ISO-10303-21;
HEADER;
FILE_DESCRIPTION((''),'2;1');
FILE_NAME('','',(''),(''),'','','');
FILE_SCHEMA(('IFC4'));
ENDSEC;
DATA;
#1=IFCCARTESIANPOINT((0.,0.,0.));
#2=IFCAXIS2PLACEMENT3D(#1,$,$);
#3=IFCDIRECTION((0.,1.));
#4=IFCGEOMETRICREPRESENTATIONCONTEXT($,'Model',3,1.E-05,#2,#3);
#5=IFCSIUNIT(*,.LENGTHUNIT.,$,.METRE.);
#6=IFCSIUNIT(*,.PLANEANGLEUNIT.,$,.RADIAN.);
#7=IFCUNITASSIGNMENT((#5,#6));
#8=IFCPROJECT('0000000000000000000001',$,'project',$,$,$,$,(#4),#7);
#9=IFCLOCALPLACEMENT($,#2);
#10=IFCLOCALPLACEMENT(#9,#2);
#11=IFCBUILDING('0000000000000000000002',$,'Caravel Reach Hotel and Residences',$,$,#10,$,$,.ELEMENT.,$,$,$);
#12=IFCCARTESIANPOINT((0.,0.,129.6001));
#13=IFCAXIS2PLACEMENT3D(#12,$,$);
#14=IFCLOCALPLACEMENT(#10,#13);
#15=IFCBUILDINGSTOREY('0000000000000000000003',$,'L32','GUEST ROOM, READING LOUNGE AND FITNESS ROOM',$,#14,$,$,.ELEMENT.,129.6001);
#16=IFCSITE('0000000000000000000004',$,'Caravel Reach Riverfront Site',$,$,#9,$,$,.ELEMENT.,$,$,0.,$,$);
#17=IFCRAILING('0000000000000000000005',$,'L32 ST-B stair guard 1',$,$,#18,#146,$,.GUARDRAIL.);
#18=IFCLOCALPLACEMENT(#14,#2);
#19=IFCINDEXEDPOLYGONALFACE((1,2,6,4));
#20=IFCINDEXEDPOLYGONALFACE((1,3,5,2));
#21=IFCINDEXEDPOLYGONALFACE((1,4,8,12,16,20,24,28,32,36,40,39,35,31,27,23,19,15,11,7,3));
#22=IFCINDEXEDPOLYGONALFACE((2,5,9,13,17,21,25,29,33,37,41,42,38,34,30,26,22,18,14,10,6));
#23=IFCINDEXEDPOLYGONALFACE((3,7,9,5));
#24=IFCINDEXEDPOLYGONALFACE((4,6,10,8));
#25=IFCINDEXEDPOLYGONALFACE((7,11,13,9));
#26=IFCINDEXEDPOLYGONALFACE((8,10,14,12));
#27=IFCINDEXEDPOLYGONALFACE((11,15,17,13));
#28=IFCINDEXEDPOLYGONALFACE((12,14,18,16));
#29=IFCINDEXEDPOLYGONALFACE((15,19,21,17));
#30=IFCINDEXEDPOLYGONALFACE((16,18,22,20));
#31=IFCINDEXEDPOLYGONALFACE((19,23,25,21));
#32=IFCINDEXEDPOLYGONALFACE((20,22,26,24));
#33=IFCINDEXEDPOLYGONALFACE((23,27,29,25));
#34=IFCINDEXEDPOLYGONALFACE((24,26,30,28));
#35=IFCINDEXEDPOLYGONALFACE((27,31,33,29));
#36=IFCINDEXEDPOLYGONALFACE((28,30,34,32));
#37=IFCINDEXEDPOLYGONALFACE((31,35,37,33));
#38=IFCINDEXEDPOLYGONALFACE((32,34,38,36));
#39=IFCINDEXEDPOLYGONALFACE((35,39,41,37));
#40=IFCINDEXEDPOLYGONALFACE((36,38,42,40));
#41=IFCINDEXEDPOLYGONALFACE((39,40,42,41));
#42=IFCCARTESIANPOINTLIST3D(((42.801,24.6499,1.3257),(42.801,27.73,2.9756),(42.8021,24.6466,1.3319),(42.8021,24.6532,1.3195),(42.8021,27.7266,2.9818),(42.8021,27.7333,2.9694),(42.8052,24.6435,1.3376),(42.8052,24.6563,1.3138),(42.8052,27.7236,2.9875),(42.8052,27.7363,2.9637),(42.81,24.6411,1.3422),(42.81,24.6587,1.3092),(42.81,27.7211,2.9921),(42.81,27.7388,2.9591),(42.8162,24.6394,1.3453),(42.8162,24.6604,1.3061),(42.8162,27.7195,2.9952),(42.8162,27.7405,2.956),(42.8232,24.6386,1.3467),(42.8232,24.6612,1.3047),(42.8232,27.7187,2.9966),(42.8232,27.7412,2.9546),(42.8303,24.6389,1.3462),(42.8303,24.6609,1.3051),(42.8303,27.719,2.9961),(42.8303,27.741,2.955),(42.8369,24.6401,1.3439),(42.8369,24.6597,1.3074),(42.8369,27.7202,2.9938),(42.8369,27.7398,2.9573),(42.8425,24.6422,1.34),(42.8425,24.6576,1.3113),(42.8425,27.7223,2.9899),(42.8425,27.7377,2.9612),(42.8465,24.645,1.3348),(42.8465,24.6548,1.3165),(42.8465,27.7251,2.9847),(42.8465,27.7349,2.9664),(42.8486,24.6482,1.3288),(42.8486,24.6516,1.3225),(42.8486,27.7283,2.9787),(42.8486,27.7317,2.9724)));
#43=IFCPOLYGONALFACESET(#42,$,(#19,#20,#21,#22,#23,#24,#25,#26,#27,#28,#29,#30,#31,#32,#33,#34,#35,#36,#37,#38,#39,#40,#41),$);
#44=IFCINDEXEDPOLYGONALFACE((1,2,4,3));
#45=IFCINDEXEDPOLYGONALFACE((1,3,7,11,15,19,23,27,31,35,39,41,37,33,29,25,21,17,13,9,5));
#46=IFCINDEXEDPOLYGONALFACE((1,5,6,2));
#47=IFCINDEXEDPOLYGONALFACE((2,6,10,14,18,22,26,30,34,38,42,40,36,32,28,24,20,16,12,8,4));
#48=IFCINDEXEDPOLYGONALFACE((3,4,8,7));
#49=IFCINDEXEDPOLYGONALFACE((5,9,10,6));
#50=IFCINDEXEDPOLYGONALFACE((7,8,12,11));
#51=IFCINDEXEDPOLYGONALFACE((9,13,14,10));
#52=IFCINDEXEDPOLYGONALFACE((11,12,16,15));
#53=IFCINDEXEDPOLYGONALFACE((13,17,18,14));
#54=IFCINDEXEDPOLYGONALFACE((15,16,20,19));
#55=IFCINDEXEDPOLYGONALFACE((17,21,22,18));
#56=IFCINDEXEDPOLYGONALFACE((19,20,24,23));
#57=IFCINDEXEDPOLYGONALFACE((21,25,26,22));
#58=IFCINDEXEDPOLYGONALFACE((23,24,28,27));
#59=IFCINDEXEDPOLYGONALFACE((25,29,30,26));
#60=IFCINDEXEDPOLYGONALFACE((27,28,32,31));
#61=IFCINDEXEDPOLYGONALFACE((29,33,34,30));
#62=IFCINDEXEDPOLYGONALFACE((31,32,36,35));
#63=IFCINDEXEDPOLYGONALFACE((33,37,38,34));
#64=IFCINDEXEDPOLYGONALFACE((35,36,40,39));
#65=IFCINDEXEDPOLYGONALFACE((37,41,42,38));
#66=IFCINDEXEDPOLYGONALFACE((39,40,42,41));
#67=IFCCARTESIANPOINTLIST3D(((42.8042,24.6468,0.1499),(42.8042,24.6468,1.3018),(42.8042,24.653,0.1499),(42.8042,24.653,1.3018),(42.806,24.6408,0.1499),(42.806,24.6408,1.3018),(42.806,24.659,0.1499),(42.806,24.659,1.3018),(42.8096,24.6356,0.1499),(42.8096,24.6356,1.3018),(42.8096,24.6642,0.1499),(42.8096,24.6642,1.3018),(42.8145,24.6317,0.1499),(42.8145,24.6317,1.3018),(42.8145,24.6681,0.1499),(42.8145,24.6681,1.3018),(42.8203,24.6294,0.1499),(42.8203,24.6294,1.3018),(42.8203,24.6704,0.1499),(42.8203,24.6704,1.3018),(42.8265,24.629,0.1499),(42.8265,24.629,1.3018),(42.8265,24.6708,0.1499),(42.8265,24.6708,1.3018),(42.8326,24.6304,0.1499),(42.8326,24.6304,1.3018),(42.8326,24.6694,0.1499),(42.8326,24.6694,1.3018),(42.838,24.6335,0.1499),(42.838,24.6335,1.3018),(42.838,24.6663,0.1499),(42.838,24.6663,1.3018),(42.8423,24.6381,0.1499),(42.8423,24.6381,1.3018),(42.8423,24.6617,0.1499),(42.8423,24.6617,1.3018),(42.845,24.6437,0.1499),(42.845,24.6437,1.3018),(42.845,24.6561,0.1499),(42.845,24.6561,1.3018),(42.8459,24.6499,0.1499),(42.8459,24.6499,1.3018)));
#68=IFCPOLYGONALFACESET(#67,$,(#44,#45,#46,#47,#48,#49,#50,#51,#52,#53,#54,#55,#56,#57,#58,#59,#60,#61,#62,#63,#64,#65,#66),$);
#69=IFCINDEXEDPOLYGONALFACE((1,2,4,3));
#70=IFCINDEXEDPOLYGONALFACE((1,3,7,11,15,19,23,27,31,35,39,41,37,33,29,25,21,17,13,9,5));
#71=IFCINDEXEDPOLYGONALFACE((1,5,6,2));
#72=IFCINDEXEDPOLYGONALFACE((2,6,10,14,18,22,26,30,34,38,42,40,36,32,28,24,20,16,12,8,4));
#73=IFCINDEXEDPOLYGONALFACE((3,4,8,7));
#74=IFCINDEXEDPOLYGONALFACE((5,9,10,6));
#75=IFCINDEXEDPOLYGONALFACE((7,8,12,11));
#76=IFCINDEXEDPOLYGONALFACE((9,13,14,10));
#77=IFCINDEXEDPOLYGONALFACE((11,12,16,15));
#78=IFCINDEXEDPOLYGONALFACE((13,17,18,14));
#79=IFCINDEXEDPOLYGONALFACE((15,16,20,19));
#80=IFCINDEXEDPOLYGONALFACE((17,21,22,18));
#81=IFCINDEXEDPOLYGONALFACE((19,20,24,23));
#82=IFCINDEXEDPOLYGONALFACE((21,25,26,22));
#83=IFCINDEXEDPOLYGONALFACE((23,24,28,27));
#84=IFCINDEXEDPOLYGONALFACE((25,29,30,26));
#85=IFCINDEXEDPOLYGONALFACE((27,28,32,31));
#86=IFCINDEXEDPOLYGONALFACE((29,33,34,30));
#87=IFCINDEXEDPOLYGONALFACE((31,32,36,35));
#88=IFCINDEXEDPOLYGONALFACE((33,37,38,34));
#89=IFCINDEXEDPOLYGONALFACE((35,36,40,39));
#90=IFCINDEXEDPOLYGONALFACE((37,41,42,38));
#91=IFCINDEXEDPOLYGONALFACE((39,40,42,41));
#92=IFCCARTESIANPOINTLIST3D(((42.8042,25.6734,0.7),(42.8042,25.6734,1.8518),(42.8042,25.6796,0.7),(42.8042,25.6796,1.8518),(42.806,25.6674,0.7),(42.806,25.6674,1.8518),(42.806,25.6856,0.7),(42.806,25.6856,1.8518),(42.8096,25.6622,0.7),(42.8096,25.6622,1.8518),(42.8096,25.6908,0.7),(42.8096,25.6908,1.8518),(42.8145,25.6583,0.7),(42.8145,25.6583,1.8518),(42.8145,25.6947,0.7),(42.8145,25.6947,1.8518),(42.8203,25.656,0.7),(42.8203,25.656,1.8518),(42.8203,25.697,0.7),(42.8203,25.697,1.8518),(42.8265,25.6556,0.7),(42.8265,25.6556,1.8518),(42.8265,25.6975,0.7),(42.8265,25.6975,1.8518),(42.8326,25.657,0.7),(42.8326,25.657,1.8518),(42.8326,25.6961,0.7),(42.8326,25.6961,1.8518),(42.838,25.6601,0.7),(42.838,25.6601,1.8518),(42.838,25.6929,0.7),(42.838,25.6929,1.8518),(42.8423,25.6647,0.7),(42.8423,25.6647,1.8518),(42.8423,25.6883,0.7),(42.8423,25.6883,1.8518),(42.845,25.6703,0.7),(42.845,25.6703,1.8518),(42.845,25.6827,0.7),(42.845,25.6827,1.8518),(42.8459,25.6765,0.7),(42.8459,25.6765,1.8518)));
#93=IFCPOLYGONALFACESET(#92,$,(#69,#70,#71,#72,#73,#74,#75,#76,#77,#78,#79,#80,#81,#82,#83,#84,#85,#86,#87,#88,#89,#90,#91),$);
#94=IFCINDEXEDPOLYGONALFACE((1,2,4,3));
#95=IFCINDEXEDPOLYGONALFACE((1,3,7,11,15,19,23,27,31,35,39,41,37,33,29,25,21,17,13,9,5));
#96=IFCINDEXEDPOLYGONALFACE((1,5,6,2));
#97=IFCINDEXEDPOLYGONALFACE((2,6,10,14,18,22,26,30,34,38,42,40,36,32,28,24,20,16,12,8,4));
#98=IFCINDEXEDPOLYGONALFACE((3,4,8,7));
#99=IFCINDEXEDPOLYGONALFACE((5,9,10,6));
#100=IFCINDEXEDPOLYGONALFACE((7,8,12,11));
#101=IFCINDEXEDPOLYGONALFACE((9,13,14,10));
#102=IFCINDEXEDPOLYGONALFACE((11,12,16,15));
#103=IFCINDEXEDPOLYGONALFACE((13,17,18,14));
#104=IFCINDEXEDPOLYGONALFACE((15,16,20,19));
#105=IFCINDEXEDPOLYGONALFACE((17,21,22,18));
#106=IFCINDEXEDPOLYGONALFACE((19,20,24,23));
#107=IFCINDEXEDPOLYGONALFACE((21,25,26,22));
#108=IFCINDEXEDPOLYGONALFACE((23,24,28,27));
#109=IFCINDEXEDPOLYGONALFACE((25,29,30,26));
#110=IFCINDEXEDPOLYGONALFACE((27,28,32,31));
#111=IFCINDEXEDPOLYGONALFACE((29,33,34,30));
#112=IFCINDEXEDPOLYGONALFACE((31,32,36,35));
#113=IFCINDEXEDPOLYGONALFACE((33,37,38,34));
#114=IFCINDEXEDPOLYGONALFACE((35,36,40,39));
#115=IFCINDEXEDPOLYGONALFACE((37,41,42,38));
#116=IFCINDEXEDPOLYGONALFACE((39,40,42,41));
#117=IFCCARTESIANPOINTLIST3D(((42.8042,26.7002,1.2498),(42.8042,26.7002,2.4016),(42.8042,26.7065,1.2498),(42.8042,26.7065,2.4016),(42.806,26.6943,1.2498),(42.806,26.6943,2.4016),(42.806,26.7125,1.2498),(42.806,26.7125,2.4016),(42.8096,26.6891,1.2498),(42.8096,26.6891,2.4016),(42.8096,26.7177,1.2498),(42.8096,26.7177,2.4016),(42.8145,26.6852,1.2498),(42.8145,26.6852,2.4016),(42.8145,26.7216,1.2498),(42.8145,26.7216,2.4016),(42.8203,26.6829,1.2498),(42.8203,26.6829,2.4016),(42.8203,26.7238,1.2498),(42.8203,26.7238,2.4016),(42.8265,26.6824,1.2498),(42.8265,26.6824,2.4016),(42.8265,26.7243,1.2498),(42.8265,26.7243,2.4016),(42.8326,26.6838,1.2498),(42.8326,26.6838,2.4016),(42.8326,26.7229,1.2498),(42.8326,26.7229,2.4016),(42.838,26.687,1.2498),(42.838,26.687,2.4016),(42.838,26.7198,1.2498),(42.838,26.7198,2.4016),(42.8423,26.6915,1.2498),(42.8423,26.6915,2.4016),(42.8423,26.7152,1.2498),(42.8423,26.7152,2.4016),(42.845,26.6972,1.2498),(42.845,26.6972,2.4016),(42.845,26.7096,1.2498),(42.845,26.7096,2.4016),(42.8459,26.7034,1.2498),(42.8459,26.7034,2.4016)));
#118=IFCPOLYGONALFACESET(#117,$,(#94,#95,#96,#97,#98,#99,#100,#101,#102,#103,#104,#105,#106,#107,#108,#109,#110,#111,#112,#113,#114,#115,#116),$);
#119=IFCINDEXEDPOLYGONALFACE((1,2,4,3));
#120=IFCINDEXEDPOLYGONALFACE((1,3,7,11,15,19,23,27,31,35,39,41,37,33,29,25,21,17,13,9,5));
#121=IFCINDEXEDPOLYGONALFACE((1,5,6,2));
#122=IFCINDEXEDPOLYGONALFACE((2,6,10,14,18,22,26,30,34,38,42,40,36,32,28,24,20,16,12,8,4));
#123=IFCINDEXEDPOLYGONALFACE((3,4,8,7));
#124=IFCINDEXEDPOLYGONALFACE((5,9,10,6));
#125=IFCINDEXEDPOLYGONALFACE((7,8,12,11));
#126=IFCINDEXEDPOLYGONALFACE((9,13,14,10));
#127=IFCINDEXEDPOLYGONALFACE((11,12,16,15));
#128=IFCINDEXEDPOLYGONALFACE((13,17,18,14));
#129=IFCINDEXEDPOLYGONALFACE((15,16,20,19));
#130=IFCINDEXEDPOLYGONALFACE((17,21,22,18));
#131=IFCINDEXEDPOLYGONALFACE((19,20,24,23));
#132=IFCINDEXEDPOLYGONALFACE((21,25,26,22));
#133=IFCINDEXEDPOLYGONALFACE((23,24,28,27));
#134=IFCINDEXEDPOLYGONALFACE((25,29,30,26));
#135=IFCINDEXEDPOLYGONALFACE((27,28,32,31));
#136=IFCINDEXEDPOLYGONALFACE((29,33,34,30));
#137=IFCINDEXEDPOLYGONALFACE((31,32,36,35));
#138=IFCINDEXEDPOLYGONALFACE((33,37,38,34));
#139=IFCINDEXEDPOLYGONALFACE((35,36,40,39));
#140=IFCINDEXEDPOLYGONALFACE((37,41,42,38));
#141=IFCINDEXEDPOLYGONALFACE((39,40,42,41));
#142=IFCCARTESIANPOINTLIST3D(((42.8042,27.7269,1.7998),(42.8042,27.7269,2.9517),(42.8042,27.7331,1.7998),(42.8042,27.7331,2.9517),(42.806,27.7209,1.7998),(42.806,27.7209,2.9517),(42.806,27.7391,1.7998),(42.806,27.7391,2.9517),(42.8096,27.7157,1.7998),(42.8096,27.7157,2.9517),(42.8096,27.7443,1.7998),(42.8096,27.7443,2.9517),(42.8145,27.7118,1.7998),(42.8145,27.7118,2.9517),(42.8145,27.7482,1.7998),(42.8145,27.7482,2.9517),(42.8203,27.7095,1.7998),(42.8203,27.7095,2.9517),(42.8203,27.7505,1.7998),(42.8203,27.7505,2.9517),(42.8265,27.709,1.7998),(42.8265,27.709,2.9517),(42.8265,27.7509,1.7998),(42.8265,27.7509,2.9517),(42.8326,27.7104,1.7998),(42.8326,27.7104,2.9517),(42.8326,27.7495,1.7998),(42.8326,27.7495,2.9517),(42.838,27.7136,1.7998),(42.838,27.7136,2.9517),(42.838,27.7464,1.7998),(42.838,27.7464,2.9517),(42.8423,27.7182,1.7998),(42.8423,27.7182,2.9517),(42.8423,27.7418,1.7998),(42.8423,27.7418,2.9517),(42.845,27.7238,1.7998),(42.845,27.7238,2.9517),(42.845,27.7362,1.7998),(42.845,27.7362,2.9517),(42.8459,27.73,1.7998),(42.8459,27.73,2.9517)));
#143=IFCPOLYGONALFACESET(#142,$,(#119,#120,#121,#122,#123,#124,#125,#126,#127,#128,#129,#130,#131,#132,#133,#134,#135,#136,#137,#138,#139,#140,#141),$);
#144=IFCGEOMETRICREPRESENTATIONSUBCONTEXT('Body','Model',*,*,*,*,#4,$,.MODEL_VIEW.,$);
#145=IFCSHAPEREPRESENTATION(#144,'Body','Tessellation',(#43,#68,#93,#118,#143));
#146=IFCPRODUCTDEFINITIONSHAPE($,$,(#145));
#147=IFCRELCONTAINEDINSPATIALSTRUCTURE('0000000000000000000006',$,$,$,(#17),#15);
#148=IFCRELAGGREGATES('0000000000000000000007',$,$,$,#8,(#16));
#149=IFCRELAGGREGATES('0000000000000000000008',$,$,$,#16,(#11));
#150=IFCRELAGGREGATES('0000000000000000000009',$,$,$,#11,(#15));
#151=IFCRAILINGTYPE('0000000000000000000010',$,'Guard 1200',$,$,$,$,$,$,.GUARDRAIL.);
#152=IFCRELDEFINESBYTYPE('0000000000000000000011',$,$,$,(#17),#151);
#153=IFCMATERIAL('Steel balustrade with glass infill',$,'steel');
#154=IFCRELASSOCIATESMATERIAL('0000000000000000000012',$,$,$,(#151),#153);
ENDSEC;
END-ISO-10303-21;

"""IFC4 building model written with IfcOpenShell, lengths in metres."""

from ifc_helpers import new_model, si_unit, direction, frame, origin, origin_2d, place, context, subcontext, project, spatial, circle, extrude, material, type_object, element, save


model = new_model("IFC4")

# Units and contexts
model_context = context("Model", 3, precision=1e-05, world=origin(), true_north=direction((0.0, 1.0)))
body_context = subcontext(model_context, "Body", "Model", "MODEL_VIEW")
ifc_project = project(units=[si_unit("LENGTHUNIT", "METRE"), si_unit("PLANEANGLEUNIT", "RADIAN")], contexts=[model_context])

# Site, building, storey
site_placement = place(None, origin())
site = spatial("IfcSite", under=ifc_project, at=site_placement, Name="Caravel Reach Riverfront Site", CompositionType="ELEMENT", RefElevation=0.0)
building_placement = place(site_placement, origin())
building = spatial("IfcBuilding", under=site, at=building_placement, Name="Caravel Reach Hotel and Residences", CompositionType="ELEMENT")
storey_placement = place(building_placement, frame((0.0, 0.0, 129.6001)))
storey = spatial("IfcBuildingStorey", under=building, at=storey_placement, Name="L32", Description="GUEST ROOM, READING LOUNGE AND FITNESS ROOM", CompositionType="ELEMENT", Elevation=129.6001)

# Railing
ifc_material_1 = material(Name="Steel balustrade with glass infill", Category="steel")
railing_type_1 = type_object("IfcRailingType", Name="Guard 1200", PredefinedType="GUARDRAIL", material=ifc_material_1)
railing_1_placement = place(storey_placement, frame((42.825, 24.6499, 0.1499)))
element("IfcRailing", 1, at=railing_1_placement, inside=storey, type_object=railing_type_1, Name="L32 ST-B stair guard 1", PredefinedType="GUARDRAIL", context=body_context, shape_type="SweptSolid", body=[
    extrude(circle(Radius=0.0239, at=origin_2d()), frame((0.0, 0.0, 1.1758), z_axis=(0.0, 0.881497, 0.47219), x_axis=(-1.0, 0.0, 0.0)), (0.0, 0.0, 1.0), 3.4941),
    extrude(circle(Radius=0.021, at=origin_2d()), origin(), (0.0, 0.0, 1.0), 1.1519),
    extrude(circle(Radius=0.021, at=origin_2d()), frame((0.0, 1.0266, 0.55)), (0.0, 0.0, 1.0), 1.1519),
    extrude(circle(Radius=0.021, at=origin_2d()), frame((0.0, 2.0535, 1.0999)), (0.0, 0.0, 1.0), 1.1519),
    extrude(circle(Radius=0.021, at=origin_2d()), frame((0.0, 3.0801, 1.6499)), (0.0, 0.0, 1.0), 1.1519),
])

save(model, "model.ifc")
